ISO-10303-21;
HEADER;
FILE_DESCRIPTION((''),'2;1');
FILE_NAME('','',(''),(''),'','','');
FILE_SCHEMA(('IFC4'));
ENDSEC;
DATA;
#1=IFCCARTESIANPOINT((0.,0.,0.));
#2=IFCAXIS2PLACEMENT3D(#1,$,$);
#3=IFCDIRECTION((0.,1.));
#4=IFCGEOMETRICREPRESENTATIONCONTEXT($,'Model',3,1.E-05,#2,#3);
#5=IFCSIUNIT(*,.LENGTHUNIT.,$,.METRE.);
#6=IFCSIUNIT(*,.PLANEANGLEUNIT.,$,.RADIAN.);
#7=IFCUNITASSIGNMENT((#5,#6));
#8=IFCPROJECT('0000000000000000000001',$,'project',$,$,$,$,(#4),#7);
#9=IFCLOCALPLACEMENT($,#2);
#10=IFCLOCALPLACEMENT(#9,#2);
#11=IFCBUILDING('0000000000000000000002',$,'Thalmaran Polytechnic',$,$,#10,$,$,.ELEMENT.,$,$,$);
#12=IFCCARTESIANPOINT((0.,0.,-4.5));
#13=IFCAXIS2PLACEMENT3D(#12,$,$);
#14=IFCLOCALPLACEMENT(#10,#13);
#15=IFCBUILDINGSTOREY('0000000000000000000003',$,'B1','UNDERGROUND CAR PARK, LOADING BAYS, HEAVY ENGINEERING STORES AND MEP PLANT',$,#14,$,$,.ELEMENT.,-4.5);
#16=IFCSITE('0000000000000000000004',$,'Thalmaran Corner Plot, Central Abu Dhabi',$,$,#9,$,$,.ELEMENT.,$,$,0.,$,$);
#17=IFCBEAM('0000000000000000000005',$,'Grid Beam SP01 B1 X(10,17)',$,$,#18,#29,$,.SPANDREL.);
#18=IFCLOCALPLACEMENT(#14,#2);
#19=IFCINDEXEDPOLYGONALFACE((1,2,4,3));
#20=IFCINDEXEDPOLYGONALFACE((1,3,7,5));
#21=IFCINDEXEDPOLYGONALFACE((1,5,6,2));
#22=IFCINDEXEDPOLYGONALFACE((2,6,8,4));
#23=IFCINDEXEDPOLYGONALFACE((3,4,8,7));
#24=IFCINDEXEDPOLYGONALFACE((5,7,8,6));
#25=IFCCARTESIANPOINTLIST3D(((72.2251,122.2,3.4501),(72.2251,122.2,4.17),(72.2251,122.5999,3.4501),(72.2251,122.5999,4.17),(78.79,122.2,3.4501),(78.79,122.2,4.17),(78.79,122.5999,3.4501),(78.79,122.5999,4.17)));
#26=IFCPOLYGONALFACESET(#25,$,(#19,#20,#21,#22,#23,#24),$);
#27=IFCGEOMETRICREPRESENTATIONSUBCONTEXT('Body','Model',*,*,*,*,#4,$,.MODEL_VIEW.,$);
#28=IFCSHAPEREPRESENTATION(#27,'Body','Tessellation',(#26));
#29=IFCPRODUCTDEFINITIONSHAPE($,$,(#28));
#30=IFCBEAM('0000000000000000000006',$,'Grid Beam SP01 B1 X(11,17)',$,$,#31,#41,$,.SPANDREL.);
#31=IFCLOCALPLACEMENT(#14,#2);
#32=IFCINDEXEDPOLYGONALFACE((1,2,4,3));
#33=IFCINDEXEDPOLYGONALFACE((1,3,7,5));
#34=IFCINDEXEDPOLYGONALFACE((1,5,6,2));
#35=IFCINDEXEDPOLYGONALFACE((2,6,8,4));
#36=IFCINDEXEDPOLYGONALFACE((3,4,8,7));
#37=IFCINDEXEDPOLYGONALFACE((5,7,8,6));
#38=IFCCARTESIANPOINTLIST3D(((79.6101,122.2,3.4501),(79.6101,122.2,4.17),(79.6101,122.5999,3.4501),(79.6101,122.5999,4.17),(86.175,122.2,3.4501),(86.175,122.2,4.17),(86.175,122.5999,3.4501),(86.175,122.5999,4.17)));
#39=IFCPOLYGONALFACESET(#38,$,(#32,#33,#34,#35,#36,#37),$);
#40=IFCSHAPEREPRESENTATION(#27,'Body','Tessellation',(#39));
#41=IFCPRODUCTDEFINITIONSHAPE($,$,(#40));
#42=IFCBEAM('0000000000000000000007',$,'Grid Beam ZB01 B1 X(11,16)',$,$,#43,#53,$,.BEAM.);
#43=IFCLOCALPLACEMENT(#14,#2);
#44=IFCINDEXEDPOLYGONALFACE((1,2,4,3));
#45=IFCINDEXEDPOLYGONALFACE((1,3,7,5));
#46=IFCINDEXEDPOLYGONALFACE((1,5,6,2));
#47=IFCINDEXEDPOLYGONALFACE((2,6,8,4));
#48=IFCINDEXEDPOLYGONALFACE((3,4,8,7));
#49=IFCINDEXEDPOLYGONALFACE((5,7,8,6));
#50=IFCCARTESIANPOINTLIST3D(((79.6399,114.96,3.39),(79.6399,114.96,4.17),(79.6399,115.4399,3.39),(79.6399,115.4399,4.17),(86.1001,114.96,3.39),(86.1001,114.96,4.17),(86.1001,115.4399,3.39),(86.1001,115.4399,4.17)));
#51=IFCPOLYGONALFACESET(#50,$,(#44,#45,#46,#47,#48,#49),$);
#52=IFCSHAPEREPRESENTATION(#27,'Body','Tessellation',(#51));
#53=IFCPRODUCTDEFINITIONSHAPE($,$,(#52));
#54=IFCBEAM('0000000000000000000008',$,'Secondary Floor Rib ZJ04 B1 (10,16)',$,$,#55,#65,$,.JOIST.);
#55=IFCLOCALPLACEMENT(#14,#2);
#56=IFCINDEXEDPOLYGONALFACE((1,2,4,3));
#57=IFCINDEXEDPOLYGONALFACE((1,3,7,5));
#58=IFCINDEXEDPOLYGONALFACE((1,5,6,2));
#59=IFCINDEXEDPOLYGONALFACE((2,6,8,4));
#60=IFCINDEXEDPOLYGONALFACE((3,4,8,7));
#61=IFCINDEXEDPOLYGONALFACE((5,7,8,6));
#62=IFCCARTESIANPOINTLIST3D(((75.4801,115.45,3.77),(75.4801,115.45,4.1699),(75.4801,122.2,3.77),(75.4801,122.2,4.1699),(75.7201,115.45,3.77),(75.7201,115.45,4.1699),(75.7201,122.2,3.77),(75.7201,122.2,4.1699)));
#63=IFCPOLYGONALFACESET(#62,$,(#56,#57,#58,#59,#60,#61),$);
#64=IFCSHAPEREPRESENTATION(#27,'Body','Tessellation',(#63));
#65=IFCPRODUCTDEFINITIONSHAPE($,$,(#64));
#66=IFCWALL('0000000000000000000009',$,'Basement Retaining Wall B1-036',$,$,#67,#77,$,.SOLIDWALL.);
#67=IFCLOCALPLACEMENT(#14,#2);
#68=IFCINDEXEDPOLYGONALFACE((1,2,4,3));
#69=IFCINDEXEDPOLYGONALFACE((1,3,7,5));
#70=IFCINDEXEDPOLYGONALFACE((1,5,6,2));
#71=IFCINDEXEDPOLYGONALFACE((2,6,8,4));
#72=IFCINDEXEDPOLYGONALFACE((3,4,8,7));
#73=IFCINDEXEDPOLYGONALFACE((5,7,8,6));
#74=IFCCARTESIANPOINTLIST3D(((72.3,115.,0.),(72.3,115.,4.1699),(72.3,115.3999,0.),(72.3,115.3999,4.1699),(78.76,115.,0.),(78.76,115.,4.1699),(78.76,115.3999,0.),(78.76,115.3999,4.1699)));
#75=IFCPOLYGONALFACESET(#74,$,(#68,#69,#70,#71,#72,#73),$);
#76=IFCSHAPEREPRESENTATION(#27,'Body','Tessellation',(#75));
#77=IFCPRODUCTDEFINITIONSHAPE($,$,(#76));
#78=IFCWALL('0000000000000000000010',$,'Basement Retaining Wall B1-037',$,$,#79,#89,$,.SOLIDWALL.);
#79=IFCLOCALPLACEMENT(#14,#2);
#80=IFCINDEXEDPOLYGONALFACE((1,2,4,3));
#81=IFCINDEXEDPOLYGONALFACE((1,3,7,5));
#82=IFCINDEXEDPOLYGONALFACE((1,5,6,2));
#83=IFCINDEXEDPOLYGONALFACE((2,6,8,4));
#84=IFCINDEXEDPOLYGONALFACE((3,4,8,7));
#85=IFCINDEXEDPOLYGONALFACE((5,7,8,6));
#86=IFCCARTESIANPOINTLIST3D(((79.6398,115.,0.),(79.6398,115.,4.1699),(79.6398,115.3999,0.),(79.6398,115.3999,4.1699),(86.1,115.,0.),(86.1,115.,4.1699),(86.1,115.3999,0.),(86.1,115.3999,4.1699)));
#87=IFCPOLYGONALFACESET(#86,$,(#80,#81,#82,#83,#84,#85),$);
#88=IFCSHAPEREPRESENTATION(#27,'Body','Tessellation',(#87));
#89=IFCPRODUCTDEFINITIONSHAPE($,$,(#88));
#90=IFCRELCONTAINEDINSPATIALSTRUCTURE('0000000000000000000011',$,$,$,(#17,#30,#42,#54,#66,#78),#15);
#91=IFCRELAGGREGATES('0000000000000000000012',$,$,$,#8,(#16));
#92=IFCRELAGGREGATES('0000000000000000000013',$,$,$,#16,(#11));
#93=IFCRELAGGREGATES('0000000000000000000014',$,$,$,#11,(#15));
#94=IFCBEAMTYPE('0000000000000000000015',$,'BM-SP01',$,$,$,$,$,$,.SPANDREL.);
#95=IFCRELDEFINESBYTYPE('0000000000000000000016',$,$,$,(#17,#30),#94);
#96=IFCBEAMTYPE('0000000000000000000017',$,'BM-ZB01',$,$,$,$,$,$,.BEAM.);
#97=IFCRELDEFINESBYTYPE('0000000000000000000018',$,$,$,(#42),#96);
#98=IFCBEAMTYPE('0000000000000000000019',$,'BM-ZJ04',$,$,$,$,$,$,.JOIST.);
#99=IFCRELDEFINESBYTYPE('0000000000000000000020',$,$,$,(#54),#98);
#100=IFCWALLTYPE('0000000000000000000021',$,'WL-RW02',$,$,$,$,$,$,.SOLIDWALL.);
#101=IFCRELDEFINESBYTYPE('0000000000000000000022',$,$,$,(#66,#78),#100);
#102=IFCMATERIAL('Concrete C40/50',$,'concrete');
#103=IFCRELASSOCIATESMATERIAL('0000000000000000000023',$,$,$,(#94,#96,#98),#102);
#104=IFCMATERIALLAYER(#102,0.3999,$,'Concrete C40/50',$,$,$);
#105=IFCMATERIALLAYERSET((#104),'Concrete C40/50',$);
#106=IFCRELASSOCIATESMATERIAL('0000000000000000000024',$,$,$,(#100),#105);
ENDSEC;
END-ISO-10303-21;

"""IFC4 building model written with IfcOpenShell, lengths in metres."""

from ifc_helpers import new_model, si_unit, direction, frame, frame_2d, origin, origin_2d, place, context, subcontext, project, spatial, rectangle, extrude, material, layer, layer_set, material_profile, profile_set, type_object, element, save


model = new_model("IFC4")

# Units and contexts
model_context = context("Model", 3, precision=1e-05, world=origin(), true_north=direction((0.0, 1.0)))
body_context = subcontext(model_context, "Body", "Model", "MODEL_VIEW")
ifc_project = project(units=[si_unit("LENGTHUNIT", "METRE"), si_unit("PLANEANGLEUNIT", "RADIAN")], contexts=[model_context])

# Site, building, storey
site_placement = place(None, origin())
site = spatial("IfcSite", under=ifc_project, at=site_placement, Name="Thalmaran Corner Plot, Central Abu Dhabi", CompositionType="ELEMENT", RefElevation=0.0)
building_placement = place(site_placement, origin())
building = spatial("IfcBuilding", under=site, at=building_placement, Name="Thalmaran Polytechnic", CompositionType="ELEMENT")
storey_placement = place(building_placement, frame((0.0, 0.0, -4.5)))
storey = spatial("IfcBuildingStorey", under=building, at=storey_placement, Name="B1", Description="UNDERGROUND CAR PARK, LOADING BAYS, HEAVY ENGINEERING STORES AND MEP PLANT", CompositionType="ELEMENT", Elevation=-4.5)

# Shared definitions
ifc_material_1 = material(Name="Concrete C40/50", Category="concrete")

# Beams
ifc_material_profile_1 = material_profile(ifc_material_1, rectangle(XDim=0.3999, YDim=0.72, at=origin_2d()), Name="RC 400x720")
ifc_profile_set_1 = profile_set([ifc_material_profile_1], Name="Concrete C40/50")
beam_type_1 = type_object("IfcBeamType", Name="BM-SP01", PredefinedType="SPANDREL", material=ifc_profile_set_1)
for number, where, z_axis, x_axis, name in (
    (1, (72.2251, 122.3999, 3.8101), (1.0, 0.0, 0.0), (0.0, 1.0, 0.0), "Grid Beam SP01 B1 X(10,17)"),
    (2, (79.6101, 122.3999, 3.8101), (1.0, 0.0, 0.0), (0.0, 1.0, 0.0), "Grid Beam SP01 B1 X(11,17)"),
):
    element("IfcBeam", number, at=place(storey_placement, frame(where, z_axis=z_axis, x_axis=x_axis)), inside=storey, type_object=beam_type_1, Name=name, PredefinedType="SPANDREL", context=body_context, shape_type="SweptSolid", body=[
        extrude(rectangle(XDim=0.3999, YDim=0.72, at=origin_2d()), origin(), (0.0, 0.0, 1.0), 6.5649),
    ])
ifc_material_profile_2 = material_profile(ifc_material_1, rectangle(XDim=0.48, YDim=0.78, at=origin_2d()), Name="RC 480x780")
ifc_profile_set_2 = profile_set([ifc_material_profile_2], Name="Concrete C40/50")
beam_type_2 = type_object("IfcBeamType", Name="BM-ZB01", PredefinedType="BEAM", material=ifc_profile_set_2)
beam_1_placement = place(storey_placement, frame((79.6399, 115.2, 3.78), z_axis=(1.0, 0.0, 0.0), x_axis=(0.0, 1.0, 0.0)))
element("IfcBeam", 3, at=beam_1_placement, inside=storey, type_object=beam_type_2, Name="Grid Beam ZB01 B1 X(11,16)", PredefinedType="BEAM", context=body_context, shape_type="SweptSolid", body=[
    extrude(rectangle(XDim=0.48, YDim=0.78, at=origin_2d()), origin(), (0.0, 0.0, 1.0), 6.4602),
])
ifc_material_profile_3 = material_profile(ifc_material_1, rectangle(XDim=0.24, YDim=0.3999, at=origin_2d()), Name="RC 240x400")
ifc_profile_set_3 = profile_set([ifc_material_profile_3], Name="Concrete C40/50")
beam_type_3 = type_object("IfcBeamType", Name="BM-ZJ04", PredefinedType="JOIST", material=ifc_profile_set_3)
beam_2_placement = place(storey_placement, frame((75.6001, 115.45, 3.97), z_axis=(0.0, 1.0, 0.0), x_axis=(-1.0, 0.0, 0.0)))
element("IfcBeam", 4, at=beam_2_placement, inside=storey, type_object=beam_type_3, Name="Secondary Floor Rib ZJ04 B1 (10,16)", PredefinedType="JOIST", context=body_context, shape_type="SweptSolid", body=[
    extrude(rectangle(XDim=0.24, YDim=0.3999, at=origin_2d()), origin(), (0.0, 0.0, 1.0), 6.75),
])

# Walls
ifc_layer = layer(ifc_material_1, 0.3999, Name="Concrete C40/50")
ifc_layer_set = layer_set([ifc_layer], Name="Concrete C40/50")
wall_type = type_object("IfcWallType", Name="WL-RW02", PredefinedType="SOLIDWALL", material=ifc_layer_set)
wall_1_placement = place(storey_placement, frame((72.3, 115.2, 0.0), z_axis=(0.0, 0.0, 1.0), x_axis=(1.0, 0.0, 0.0)))
element("IfcWall", 5, at=wall_1_placement, inside=storey, type_object=wall_type, Name="Basement Retaining Wall B1-036", PredefinedType="SOLIDWALL", context=body_context, shape_type="SweptSolid", body=[
    extrude(rectangle(XDim=6.46, YDim=0.3999, at=frame_2d((3.23, 0.0))), origin(), (0.0, 0.0, 1.0), 4.1699),
])
wall_2_placement = place(storey_placement, frame((79.6399, 115.2, 0.0), z_axis=(0.0, 0.0, 1.0), x_axis=(1.0, 0.0, 0.0)))
element("IfcWall", 6, at=wall_2_placement, inside=storey, type_object=wall_type, Name="Basement Retaining Wall B1-037", PredefinedType="SOLIDWALL", context=body_context, shape_type="SweptSolid", body=[
    extrude(rectangle(XDim=6.4602, YDim=0.3999, at=frame_2d((3.23, 0.0))), origin(), (0.0, 0.0, 1.0), 4.1699),
])

save(model, "model.ifc")
